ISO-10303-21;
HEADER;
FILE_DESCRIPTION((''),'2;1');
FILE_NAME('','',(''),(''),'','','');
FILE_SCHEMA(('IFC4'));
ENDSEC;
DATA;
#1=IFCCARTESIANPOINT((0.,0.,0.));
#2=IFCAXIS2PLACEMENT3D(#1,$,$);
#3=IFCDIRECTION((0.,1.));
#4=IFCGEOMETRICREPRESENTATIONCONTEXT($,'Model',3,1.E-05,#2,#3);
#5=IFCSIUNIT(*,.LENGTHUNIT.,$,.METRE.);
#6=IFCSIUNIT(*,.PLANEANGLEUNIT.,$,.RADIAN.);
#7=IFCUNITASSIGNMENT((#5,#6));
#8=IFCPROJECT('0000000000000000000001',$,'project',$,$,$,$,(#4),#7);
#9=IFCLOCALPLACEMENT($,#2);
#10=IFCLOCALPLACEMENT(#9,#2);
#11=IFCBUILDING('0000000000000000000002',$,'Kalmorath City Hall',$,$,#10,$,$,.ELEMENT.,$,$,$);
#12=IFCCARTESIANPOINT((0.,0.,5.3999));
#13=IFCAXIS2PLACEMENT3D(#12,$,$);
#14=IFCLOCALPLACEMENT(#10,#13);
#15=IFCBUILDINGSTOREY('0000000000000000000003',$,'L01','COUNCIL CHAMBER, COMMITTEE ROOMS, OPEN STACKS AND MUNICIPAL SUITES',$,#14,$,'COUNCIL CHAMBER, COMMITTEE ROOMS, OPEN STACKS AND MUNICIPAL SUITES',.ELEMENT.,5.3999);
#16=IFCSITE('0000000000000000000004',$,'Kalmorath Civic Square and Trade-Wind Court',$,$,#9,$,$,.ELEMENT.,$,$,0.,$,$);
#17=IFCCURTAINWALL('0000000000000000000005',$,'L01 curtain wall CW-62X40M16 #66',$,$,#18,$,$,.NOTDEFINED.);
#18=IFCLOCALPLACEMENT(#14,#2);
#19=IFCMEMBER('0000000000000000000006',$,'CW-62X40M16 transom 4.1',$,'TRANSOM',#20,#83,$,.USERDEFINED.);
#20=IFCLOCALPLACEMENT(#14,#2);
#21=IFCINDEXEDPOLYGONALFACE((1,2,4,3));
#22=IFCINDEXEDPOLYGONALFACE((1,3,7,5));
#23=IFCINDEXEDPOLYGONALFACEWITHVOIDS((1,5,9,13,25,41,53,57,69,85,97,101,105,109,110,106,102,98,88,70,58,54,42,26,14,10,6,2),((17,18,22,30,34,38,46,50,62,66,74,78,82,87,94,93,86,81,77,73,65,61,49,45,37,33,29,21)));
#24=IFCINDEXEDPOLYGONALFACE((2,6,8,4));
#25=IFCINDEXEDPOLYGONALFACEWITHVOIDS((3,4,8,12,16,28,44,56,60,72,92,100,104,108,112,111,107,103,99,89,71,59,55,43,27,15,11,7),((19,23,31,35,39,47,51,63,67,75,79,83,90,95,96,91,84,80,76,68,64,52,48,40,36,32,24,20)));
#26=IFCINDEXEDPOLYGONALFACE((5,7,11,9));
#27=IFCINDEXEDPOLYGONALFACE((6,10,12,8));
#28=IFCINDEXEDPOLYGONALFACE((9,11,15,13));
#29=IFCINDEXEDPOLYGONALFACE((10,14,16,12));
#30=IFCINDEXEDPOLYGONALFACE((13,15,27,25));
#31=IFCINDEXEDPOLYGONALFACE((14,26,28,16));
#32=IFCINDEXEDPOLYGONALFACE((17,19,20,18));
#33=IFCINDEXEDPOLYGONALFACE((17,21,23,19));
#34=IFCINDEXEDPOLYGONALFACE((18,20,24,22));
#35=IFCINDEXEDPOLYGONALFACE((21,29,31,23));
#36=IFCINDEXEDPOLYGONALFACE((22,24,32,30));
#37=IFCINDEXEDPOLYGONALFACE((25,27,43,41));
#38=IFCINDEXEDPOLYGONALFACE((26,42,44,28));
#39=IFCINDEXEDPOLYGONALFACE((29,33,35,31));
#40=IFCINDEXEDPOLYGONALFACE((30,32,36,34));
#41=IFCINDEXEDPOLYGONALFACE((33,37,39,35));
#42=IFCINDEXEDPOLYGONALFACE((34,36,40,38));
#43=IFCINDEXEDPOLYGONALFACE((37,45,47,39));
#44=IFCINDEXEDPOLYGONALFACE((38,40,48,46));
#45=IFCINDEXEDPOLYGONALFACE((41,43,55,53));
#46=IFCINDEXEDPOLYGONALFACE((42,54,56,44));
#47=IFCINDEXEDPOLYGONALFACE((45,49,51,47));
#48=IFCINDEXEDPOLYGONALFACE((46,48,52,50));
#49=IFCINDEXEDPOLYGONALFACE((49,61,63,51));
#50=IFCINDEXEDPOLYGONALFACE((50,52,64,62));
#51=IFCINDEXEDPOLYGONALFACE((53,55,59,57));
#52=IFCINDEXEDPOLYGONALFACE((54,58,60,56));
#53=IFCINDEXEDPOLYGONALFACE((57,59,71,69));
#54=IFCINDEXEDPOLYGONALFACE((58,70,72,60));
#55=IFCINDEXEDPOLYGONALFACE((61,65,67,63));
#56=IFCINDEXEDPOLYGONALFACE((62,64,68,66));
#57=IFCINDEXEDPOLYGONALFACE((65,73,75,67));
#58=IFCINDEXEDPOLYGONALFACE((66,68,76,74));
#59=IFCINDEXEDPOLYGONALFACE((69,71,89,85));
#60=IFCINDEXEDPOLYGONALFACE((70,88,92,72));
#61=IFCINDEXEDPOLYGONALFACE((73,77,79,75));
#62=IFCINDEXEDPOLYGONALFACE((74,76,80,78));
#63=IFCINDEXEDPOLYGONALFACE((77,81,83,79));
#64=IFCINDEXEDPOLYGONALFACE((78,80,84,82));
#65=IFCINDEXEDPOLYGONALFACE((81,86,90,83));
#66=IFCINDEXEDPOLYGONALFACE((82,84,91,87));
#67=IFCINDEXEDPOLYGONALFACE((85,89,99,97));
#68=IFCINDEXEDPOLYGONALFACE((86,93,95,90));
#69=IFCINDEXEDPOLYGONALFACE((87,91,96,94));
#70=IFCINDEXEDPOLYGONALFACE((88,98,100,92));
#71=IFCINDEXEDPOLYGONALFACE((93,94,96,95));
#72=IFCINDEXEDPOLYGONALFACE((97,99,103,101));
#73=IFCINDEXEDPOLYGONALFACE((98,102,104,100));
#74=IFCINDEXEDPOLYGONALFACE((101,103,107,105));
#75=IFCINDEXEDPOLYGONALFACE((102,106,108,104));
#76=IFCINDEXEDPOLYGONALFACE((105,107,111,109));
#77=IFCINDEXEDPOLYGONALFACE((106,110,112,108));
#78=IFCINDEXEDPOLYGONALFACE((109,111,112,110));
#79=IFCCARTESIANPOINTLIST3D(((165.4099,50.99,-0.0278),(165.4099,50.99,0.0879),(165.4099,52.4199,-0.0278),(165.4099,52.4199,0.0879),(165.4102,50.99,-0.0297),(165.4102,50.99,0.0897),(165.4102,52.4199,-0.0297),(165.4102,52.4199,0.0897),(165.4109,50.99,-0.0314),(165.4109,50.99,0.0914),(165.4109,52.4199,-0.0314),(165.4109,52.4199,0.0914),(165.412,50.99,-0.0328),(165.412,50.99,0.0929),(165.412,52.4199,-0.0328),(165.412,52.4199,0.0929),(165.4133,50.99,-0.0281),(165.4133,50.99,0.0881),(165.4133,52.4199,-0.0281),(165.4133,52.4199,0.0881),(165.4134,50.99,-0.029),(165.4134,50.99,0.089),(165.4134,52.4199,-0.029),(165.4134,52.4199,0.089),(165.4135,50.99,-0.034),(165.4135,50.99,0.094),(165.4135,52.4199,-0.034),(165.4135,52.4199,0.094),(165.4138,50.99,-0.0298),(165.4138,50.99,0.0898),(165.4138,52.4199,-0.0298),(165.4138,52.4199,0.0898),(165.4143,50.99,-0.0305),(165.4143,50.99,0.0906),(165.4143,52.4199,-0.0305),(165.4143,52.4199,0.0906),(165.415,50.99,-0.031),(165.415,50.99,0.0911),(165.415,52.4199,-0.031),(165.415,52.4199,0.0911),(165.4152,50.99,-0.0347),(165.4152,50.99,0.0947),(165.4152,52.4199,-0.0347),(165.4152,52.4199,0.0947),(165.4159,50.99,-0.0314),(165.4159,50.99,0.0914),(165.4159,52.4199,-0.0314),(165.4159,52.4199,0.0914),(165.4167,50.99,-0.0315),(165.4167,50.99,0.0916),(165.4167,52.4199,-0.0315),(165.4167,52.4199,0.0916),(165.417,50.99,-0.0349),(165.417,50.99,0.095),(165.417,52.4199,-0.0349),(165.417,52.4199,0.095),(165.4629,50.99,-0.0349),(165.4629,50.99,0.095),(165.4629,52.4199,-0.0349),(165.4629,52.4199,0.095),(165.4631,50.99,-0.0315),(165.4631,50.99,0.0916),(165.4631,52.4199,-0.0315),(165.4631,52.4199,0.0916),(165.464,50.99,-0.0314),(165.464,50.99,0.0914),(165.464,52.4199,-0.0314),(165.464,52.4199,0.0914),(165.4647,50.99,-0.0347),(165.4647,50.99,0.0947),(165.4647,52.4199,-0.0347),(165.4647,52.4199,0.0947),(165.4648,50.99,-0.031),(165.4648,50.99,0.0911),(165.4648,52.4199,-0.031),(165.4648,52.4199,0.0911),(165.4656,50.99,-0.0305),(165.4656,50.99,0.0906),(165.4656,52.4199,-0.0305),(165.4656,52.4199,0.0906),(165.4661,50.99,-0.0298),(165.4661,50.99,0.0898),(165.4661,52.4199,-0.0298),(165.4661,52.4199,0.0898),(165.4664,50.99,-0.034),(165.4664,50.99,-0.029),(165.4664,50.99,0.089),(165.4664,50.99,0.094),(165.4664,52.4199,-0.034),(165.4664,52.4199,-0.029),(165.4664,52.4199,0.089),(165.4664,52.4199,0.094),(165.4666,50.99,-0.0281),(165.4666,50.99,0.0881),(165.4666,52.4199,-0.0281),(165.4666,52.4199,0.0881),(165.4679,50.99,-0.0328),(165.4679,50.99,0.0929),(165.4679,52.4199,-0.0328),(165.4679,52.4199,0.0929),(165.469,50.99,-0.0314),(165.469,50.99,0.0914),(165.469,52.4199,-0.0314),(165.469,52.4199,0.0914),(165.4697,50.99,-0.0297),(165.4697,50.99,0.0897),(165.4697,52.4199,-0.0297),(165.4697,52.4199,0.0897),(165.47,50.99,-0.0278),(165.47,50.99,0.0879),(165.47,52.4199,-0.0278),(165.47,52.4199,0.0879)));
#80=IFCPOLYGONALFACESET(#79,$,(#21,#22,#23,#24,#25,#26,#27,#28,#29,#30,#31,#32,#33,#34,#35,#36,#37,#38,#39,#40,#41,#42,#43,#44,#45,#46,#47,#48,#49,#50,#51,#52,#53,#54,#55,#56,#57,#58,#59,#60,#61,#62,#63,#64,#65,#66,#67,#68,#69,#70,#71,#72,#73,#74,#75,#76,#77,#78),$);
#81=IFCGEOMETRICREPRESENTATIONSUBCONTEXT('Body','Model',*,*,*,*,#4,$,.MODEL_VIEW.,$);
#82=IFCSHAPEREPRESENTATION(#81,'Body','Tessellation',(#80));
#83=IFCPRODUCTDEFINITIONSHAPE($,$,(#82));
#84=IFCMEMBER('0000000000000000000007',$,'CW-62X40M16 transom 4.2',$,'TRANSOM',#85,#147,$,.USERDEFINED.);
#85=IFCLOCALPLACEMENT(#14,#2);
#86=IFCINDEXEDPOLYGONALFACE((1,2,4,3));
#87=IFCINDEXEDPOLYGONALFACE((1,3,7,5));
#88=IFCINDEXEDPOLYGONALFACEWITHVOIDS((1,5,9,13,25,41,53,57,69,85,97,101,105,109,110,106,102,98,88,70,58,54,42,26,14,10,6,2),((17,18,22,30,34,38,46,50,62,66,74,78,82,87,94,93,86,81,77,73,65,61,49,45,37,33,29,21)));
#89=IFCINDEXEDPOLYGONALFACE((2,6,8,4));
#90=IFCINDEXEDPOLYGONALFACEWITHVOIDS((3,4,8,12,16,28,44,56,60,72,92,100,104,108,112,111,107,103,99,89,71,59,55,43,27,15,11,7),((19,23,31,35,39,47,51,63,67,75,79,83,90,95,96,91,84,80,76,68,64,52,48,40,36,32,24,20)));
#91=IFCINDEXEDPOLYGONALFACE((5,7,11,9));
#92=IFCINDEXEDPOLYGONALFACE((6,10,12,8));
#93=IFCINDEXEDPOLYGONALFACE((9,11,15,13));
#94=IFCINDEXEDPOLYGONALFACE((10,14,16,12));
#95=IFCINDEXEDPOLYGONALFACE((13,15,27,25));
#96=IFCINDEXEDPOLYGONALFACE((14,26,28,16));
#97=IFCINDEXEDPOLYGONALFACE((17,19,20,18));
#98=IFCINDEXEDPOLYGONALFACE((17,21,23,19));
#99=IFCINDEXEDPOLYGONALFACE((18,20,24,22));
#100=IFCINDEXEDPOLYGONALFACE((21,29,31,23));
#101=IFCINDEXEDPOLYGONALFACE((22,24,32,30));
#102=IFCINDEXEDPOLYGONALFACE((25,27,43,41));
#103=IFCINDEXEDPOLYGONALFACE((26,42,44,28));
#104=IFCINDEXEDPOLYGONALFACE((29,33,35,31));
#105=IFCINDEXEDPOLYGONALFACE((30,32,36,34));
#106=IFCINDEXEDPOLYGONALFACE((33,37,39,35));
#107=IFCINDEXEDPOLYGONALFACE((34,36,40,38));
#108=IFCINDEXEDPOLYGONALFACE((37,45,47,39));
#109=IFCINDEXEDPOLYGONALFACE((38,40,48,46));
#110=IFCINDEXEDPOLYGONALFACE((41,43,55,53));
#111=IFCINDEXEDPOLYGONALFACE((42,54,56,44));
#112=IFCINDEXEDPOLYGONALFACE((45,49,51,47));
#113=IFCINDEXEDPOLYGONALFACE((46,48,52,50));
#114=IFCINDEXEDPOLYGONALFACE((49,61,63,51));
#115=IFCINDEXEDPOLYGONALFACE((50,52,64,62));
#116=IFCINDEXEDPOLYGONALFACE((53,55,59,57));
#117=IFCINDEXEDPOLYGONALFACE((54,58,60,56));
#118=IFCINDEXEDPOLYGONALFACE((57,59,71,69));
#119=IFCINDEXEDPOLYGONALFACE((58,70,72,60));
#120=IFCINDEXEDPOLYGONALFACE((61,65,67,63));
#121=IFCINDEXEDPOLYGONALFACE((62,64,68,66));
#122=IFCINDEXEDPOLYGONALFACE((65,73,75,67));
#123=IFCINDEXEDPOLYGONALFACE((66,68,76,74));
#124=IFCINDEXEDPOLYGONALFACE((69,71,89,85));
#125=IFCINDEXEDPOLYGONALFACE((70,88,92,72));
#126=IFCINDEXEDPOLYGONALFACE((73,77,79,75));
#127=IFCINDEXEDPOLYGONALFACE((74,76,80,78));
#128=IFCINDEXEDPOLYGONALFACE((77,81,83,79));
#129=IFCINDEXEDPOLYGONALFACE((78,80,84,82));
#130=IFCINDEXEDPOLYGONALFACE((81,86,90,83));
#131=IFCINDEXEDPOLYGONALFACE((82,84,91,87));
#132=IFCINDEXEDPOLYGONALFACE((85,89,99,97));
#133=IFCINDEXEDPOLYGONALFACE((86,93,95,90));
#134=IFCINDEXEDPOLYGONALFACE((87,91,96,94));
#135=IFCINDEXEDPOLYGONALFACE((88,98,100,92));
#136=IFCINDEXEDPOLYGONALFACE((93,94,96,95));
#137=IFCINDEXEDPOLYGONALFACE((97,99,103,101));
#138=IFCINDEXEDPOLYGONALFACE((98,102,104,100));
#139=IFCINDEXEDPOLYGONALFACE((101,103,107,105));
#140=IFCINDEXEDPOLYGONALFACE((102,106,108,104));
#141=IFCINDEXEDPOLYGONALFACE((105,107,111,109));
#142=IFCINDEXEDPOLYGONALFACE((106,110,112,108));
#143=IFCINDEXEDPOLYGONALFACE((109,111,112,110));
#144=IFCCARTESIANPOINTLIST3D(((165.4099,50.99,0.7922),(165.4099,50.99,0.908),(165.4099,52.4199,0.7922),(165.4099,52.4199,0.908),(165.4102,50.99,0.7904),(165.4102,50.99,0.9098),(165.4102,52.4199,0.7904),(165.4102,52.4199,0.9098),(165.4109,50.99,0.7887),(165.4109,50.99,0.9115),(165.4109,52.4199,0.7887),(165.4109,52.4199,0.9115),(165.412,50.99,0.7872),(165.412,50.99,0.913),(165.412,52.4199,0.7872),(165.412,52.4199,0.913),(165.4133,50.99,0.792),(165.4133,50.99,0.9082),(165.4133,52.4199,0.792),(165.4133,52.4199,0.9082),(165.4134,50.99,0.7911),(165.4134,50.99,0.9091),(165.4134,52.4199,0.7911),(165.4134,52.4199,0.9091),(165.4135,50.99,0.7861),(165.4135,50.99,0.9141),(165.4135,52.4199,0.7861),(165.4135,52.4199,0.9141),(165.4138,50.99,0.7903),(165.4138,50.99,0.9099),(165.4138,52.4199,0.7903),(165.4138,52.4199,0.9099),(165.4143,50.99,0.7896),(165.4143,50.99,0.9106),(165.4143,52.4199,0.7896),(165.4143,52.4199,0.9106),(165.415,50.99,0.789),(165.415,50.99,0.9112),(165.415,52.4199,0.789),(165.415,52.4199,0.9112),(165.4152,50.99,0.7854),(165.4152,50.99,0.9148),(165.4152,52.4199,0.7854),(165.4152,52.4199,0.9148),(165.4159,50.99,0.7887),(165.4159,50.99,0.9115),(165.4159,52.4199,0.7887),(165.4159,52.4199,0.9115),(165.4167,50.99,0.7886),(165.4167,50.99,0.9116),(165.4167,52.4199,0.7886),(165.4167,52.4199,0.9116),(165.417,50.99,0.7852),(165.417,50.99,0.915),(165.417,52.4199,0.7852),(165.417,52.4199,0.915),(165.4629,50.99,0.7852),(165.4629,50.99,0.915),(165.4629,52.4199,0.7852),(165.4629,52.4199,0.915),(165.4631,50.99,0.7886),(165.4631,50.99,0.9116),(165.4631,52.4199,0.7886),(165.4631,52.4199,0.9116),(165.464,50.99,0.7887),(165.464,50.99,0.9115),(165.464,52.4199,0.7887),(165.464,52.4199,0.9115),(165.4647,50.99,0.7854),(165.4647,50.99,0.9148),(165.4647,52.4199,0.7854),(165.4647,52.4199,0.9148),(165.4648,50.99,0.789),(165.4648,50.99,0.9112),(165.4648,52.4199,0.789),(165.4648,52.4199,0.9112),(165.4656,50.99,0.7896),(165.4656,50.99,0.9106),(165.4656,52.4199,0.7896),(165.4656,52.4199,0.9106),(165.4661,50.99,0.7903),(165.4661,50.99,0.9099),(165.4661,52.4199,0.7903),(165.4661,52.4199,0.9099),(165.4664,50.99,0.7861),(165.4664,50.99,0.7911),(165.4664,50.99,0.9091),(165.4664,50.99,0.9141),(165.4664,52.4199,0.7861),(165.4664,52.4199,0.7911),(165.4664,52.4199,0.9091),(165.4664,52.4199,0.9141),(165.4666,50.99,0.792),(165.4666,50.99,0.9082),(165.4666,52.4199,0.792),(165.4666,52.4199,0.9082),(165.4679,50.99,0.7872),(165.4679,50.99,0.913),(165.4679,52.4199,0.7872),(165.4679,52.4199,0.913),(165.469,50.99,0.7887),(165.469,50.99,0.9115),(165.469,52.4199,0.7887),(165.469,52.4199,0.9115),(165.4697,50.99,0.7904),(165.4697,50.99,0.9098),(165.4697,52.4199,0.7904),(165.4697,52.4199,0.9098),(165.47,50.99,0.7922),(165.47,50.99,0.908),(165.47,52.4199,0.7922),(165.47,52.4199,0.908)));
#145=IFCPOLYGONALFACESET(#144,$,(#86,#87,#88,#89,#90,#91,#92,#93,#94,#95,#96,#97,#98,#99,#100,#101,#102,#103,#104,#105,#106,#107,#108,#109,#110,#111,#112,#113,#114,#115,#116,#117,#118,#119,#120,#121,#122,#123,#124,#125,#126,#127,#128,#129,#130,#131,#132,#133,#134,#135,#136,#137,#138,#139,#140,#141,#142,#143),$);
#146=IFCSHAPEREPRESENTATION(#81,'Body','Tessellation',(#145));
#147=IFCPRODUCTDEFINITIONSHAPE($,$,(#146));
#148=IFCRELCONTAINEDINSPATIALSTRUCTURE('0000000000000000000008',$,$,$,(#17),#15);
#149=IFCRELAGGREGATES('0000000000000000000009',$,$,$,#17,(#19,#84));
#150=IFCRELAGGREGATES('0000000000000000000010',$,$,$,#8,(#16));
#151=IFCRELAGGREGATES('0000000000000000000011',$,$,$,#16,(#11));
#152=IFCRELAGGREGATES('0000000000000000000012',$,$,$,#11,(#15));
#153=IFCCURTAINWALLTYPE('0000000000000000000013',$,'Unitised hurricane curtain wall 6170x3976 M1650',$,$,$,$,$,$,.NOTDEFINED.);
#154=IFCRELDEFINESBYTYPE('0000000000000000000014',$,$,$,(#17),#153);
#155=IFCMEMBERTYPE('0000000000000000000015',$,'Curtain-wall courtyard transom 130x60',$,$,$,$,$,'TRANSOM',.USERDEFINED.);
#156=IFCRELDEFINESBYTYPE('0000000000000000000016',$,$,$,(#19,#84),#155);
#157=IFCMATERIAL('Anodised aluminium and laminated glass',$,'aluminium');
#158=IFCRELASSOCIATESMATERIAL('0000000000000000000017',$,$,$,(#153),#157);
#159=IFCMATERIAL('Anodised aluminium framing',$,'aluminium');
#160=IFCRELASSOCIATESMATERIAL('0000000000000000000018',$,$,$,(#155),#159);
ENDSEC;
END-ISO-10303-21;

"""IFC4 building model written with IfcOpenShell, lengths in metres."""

from ifc_helpers import new_model, si_unit, direction, frame, origin, origin_2d, place, context, subcontext, project, spatial, hollow_rectangle, extrude, material, material_profile, profile_set, type_object, element, aggregate, save


model = new_model("IFC4")

# Units and contexts
model_context = context("Model", 3, precision=1e-05, world=origin(), true_north=direction((0.0, 1.0)))
body_context = subcontext(model_context, "Body", "Model", "MODEL_VIEW")
ifc_project = project(units=[si_unit("LENGTHUNIT", "METRE"), si_unit("PLANEANGLEUNIT", "RADIAN")], contexts=[model_context])

# Site, building, storey
site_placement = place(None, origin())
site = spatial("IfcSite", under=ifc_project, at=site_placement, Name="Kalmorath Civic Square and Trade-Wind Court", CompositionType="ELEMENT", RefElevation=0.0)
building_placement = place(site_placement, origin())
building = spatial("IfcBuilding", under=site, at=building_placement, Name="Kalmorath City Hall", CompositionType="ELEMENT")
storey_placement = place(building_placement, frame((0.0, 0.0, 5.3999)))
storey = spatial("IfcBuildingStorey", under=building, at=storey_placement, Name="L01", Description="COUNCIL CHAMBER, COMMITTEE ROOMS, OPEN STACKS AND MUNICIPAL SUITES", LongName="COUNCIL CHAMBER, COMMITTEE ROOMS, OPEN STACKS AND MUNICIPAL SUITES", CompositionType="ELEMENT", Elevation=5.3999)

# Curtain wall, members
ifc_material_1 = material(Name="Anodised aluminium and laminated glass", Category="aluminium")
curtain_wall_type = type_object("IfcCurtainWallType", Name="Unitised hurricane curtain wall 6170x3976 M1650", PredefinedType="NOTDEFINED", material=ifc_material_1)
curtain_wall_placement = place(storey_placement, origin())
curtain_wall = element("IfcCurtainWall", 1, at=curtain_wall_placement, inside=storey, type_object=curtain_wall_type, Name="L01 curtain wall CW-62X40M16 #66", PredefinedType="NOTDEFINED")
ifc_material_2 = material(Name="Anodised aluminium framing", Category="aluminium")
ifc_material_profile_1 = material_profile(ifc_material_2, hollow_rectangle(XDim=0.0601, YDim=0.1299, WallThickness=0.0034, InnerFilletRadius=0.0034, OuterFilletRadius=0.0071, at=origin_2d()), Name="ALU-TRN-130X60X3.5")
ifc_profile_set_1 = profile_set([ifc_material_profile_1], Name="Anodised aluminium framing")
member_type_1 = type_object("IfcMemberType", Name="Curtain-wall courtyard transom 130x60", ElementType="TRANSOM", PredefinedType="USERDEFINED", material=ifc_profile_set_1)
member_1_placement = place(storey_placement, frame((165.4399, 52.4199, 0.03), z_axis=(0.0, -1.0, 0.0), x_axis=(1.0, 0.0, 0.0)))
member_1 = element("IfcMember", 2, at=member_1_placement, type_object=member_type_1, Name="CW-62X40M16 transom 4.1", ObjectType="TRANSOM", PredefinedType="USERDEFINED", context=body_context, shape_type="SweptSolid", body=[
    extrude(hollow_rectangle(XDim=0.0601, YDim=0.1299, WallThickness=0.0034, InnerFilletRadius=0.0034, OuterFilletRadius=0.0071, at=origin_2d()), origin(), (0.0, 0.0, 1.0), 1.4299),
])
member_2_placement = place(storey_placement, frame((165.4399, 52.4199, 0.8501), z_axis=(0.0, -1.0, 0.0), x_axis=(1.0, 0.0, 0.0)))
member_2 = element("IfcMember", 3, at=member_2_placement, type_object=member_type_1, Name="CW-62X40M16 transom 4.2", ObjectType="TRANSOM", PredefinedType="USERDEFINED", context=body_context, shape_type="SweptSolid", body=[
    extrude(hollow_rectangle(XDim=0.0601, YDim=0.1299, WallThickness=0.0034, InnerFilletRadius=0.0034, OuterFilletRadius=0.0071, at=origin_2d()), origin(), (0.0, 0.0, 1.0), 1.4299),
])

aggregate(curtain_wall, [member_1, member_2])

save(model, "model.ifc")
